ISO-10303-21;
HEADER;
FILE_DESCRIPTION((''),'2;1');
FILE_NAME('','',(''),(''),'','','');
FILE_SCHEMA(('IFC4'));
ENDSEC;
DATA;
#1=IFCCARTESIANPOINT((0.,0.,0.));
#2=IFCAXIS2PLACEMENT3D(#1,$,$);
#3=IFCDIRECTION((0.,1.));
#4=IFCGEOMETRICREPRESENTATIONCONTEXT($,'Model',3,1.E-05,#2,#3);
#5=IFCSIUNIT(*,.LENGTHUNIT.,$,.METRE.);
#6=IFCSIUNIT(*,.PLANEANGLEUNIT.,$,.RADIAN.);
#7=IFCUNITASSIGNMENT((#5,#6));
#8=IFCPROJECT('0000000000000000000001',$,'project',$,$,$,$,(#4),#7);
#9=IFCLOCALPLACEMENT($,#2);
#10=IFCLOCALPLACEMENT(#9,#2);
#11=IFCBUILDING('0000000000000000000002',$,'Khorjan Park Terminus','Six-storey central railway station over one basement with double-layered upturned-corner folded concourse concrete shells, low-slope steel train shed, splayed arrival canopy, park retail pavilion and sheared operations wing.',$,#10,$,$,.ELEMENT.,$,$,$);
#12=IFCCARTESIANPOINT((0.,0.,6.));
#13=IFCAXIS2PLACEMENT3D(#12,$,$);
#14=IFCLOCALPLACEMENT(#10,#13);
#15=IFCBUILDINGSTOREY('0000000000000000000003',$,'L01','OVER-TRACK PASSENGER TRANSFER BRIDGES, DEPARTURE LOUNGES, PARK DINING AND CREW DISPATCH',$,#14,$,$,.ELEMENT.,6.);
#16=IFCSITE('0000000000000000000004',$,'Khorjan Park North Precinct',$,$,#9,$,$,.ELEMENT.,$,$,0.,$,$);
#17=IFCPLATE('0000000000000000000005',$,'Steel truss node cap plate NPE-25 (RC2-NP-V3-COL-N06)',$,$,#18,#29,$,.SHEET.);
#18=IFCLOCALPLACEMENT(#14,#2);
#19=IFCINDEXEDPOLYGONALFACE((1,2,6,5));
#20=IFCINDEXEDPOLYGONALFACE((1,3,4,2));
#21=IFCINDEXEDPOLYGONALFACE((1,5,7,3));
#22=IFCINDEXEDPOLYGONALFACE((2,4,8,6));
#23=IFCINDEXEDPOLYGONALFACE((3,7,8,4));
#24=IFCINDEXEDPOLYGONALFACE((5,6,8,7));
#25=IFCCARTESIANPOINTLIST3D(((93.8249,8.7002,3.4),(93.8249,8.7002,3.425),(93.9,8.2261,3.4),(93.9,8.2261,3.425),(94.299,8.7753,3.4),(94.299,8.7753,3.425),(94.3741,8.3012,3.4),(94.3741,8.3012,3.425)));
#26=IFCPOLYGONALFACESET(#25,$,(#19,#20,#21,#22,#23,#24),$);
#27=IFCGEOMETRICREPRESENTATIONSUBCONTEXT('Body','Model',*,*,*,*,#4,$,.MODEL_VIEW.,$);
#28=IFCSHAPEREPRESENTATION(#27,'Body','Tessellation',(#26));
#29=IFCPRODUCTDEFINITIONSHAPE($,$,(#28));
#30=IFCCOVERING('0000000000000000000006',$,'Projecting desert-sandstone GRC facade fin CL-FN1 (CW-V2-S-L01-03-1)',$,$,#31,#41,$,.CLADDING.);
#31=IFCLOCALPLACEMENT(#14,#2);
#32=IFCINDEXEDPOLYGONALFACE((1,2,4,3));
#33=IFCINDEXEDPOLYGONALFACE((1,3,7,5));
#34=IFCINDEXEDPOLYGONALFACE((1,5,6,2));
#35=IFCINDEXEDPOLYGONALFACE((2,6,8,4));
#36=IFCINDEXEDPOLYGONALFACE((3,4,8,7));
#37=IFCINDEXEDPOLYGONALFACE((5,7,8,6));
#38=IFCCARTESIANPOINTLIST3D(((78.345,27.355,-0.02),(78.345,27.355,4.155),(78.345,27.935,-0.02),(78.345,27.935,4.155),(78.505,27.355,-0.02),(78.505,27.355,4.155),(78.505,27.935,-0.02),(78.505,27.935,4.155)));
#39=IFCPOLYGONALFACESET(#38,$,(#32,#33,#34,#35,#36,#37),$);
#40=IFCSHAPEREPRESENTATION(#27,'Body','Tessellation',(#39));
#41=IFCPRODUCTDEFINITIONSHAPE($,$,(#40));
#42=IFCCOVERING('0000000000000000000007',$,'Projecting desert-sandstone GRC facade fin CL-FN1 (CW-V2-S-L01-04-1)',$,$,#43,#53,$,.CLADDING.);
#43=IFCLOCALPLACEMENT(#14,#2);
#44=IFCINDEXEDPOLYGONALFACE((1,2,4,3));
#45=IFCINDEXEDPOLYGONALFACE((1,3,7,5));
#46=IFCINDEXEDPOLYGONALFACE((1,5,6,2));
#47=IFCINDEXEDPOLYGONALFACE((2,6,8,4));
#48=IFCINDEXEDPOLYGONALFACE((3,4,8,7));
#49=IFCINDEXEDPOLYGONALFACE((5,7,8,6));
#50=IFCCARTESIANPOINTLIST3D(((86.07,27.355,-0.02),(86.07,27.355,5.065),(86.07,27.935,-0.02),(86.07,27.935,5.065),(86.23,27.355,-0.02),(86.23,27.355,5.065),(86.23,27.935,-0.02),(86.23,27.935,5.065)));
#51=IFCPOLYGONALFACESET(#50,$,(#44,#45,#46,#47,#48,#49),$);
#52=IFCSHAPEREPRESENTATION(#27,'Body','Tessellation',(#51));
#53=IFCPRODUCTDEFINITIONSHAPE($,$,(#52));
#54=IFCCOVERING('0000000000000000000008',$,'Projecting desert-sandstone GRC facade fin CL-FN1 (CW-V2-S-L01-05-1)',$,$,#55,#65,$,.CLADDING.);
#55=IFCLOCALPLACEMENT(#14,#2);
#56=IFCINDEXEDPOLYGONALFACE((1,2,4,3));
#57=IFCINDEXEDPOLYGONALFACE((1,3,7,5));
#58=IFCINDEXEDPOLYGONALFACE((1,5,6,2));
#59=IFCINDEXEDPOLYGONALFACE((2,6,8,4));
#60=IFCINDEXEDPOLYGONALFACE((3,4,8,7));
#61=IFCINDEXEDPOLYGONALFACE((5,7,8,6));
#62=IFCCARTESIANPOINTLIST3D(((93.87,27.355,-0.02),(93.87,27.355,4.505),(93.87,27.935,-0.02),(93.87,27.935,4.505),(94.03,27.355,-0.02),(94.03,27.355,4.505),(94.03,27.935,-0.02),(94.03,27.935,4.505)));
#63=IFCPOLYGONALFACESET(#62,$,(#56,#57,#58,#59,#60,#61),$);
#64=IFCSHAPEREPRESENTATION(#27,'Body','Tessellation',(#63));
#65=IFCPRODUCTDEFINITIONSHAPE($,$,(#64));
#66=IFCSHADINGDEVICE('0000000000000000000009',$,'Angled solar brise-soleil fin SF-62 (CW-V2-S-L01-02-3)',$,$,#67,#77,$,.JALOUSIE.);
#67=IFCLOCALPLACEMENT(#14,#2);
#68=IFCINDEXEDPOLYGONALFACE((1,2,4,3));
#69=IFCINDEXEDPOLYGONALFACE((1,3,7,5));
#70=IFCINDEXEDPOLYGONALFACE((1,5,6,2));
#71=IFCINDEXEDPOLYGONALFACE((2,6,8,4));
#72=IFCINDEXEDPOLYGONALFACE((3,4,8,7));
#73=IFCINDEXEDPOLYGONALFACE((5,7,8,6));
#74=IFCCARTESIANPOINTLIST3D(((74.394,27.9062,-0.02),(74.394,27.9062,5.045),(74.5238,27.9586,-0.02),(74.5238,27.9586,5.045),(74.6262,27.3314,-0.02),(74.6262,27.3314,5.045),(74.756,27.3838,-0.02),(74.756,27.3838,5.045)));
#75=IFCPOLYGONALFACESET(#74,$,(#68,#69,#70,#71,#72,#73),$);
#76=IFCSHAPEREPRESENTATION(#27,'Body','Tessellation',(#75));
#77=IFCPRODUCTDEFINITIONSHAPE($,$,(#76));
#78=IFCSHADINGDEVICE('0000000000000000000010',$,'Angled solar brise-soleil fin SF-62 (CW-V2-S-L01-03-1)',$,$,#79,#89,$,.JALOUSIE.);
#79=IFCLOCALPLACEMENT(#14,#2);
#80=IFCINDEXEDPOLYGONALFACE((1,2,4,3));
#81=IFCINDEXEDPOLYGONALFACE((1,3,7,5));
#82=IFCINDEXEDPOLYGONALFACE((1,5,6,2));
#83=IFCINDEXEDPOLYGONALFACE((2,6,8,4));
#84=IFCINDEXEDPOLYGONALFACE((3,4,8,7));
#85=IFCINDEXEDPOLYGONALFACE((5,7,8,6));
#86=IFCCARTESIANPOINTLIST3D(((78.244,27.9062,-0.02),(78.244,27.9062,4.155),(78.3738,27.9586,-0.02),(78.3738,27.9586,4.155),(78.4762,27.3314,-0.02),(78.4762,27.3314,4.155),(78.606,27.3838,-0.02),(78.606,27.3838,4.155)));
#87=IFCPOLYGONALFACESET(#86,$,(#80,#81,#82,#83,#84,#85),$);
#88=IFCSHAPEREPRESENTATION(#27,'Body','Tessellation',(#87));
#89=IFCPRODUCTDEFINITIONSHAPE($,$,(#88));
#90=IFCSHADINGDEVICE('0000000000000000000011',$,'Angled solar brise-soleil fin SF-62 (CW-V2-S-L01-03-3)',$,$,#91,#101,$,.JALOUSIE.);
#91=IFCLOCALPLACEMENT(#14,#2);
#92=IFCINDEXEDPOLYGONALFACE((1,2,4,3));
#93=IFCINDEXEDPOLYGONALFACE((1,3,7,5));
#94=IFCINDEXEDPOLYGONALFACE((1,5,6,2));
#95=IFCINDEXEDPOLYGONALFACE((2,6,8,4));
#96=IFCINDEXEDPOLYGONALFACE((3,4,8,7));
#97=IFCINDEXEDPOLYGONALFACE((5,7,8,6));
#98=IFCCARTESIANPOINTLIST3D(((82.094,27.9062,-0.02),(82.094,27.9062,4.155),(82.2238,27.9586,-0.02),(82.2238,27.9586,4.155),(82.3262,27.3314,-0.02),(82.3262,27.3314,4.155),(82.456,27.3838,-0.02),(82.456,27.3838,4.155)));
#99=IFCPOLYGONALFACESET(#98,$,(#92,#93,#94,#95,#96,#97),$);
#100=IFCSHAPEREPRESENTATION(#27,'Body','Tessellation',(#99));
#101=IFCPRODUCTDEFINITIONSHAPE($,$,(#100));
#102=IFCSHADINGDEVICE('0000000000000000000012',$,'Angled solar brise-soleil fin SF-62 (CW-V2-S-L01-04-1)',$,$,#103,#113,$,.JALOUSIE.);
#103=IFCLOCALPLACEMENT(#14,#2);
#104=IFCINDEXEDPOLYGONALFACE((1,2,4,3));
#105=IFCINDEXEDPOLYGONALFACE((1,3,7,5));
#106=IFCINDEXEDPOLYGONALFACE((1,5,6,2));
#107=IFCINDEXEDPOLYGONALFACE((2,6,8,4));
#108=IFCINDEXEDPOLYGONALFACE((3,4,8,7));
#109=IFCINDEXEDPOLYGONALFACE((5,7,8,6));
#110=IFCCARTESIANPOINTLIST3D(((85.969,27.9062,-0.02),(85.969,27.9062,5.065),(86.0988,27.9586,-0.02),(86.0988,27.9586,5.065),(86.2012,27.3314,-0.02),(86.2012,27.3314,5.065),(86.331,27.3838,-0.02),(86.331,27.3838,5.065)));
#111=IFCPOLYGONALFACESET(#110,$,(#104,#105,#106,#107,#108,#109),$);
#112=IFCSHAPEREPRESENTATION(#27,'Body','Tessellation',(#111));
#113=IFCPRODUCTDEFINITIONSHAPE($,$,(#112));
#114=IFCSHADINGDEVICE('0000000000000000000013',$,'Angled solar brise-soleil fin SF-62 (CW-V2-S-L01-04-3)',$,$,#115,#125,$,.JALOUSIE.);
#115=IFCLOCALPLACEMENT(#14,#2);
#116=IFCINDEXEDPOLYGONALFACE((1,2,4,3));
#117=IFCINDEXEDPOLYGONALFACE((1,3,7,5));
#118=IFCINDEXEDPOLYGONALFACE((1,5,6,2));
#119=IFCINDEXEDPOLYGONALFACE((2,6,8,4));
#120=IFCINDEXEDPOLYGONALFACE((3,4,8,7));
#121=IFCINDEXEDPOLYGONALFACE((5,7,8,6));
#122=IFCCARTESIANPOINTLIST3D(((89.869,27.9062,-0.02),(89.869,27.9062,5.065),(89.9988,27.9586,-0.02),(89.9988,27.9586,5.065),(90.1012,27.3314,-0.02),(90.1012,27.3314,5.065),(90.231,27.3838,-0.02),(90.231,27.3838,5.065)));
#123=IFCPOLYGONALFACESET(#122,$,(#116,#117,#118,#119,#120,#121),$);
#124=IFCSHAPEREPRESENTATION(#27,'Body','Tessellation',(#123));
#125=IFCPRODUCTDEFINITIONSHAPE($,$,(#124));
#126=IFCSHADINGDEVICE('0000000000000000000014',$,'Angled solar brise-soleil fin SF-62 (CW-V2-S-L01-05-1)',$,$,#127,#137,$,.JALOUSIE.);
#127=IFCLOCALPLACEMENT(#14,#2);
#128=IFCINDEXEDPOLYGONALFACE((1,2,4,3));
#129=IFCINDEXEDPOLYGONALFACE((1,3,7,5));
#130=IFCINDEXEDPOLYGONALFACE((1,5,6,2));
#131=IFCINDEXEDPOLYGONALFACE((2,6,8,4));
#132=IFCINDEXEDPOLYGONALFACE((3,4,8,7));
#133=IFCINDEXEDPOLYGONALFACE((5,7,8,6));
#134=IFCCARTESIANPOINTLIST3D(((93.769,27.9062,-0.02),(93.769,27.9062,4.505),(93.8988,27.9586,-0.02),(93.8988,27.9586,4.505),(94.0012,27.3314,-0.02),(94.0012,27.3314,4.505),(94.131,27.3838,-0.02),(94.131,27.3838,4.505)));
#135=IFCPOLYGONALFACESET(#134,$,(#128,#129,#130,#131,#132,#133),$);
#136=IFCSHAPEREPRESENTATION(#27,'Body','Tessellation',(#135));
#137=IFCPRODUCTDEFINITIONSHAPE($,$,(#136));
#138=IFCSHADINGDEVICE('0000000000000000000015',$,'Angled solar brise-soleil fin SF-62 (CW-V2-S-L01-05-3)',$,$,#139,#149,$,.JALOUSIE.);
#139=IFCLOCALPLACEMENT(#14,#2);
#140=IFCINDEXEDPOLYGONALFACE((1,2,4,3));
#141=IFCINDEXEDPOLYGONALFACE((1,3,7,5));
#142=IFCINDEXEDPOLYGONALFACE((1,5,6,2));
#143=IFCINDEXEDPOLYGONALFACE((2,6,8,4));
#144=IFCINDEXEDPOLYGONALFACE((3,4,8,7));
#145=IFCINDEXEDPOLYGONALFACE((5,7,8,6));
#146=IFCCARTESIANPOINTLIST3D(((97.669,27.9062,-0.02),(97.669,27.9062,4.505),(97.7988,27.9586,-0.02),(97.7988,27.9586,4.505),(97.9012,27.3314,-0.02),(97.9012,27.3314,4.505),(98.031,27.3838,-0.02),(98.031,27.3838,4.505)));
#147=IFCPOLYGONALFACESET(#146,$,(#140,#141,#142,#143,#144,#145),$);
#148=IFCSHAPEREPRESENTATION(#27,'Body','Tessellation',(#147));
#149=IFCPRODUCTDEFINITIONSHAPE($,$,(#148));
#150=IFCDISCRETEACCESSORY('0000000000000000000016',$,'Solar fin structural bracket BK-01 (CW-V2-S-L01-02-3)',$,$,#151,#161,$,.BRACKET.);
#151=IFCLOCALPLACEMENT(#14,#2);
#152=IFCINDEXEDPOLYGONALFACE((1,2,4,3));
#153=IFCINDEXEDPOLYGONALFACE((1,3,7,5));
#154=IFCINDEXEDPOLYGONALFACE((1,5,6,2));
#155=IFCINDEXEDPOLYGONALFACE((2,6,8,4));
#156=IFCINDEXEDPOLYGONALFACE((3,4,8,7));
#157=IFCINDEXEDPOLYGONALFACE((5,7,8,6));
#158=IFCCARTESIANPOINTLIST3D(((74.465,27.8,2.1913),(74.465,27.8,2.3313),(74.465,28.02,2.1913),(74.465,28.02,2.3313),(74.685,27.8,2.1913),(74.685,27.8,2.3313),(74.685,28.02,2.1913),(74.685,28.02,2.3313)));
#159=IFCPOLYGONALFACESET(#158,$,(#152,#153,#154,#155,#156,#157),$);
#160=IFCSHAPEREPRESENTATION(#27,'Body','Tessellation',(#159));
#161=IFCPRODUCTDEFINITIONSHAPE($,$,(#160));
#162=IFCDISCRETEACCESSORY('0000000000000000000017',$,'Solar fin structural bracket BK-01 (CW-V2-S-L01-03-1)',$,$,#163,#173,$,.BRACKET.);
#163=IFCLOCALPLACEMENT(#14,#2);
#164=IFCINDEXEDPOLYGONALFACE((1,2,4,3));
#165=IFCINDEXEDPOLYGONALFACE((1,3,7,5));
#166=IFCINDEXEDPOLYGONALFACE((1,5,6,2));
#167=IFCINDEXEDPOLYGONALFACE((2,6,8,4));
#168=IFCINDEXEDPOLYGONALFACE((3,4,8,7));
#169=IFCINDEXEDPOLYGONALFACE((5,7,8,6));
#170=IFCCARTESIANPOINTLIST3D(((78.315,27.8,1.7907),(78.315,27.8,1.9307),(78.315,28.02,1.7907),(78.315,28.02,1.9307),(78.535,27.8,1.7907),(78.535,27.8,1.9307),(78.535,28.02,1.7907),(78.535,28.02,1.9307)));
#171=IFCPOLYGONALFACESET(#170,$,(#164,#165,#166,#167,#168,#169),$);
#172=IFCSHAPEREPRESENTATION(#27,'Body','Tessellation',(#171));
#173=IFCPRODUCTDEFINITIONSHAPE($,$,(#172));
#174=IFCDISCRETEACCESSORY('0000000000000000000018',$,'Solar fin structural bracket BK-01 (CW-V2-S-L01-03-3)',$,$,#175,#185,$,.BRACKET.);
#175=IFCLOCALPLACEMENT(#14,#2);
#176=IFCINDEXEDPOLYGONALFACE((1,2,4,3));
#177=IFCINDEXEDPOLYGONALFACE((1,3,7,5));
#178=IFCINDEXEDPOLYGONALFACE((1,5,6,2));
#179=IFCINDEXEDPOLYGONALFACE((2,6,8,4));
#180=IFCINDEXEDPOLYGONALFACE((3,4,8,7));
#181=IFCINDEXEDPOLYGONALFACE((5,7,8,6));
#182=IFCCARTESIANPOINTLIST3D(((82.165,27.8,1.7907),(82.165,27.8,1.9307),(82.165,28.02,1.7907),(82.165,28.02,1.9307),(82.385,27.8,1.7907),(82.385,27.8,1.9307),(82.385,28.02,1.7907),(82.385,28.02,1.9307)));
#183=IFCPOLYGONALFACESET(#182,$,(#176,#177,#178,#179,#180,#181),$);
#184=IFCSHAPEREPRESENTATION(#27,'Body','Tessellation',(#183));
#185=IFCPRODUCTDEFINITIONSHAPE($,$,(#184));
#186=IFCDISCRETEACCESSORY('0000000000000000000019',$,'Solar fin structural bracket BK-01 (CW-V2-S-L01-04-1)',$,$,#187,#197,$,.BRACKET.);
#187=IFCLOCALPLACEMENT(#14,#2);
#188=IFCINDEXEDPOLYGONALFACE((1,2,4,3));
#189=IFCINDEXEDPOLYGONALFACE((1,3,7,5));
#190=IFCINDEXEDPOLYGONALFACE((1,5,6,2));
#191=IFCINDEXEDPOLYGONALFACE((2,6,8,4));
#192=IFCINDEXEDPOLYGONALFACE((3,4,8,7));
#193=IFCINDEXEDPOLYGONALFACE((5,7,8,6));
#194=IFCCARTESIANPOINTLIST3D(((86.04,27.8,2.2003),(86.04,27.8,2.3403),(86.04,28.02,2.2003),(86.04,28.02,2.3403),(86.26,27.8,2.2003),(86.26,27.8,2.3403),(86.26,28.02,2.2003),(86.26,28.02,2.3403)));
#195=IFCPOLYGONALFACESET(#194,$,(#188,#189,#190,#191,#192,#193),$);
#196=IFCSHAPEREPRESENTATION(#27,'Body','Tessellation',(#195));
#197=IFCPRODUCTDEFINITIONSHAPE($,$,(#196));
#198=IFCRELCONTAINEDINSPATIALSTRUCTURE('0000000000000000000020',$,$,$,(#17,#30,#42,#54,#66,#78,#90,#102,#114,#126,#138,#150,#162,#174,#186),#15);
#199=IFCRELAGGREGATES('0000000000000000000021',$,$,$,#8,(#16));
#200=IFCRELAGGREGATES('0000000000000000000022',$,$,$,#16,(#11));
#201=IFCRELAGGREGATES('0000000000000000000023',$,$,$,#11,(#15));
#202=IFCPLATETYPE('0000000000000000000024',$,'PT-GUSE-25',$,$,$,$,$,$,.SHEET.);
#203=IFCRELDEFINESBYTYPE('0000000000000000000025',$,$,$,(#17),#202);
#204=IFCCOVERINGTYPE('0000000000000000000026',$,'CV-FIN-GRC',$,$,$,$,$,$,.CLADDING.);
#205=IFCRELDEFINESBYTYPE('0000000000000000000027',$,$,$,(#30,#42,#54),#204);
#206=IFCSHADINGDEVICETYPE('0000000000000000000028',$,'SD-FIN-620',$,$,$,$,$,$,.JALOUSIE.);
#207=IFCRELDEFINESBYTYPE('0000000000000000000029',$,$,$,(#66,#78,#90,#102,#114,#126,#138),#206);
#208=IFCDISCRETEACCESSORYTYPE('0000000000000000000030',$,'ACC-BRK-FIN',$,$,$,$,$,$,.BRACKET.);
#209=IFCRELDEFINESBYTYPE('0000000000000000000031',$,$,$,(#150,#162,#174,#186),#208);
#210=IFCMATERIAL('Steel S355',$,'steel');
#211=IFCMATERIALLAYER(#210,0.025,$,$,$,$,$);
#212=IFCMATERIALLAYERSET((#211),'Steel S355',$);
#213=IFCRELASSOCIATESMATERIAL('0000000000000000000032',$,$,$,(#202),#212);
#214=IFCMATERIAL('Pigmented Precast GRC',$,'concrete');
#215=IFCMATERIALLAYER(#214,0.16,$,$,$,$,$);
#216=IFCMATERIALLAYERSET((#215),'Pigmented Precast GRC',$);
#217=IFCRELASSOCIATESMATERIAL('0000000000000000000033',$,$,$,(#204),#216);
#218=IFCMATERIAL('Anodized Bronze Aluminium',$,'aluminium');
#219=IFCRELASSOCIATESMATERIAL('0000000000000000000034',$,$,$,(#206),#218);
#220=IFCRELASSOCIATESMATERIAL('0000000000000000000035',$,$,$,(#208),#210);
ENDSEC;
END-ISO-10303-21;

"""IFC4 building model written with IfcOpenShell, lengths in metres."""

from ifc_helpers import new_model, si_unit, direction, frame, origin, origin_2d, place, context, subcontext, project, spatial, rectangle, extrude, material, layer, layer_set, type_object, element, save


model = new_model("IFC4")

# Units and contexts
model_context = context("Model", 3, precision=1e-05, world=origin(), true_north=direction((0.0, 1.0)))
body_context = subcontext(model_context, "Body", "Model", "MODEL_VIEW")
ifc_project = project(units=[si_unit("LENGTHUNIT", "METRE"), si_unit("PLANEANGLEUNIT", "RADIAN")], contexts=[model_context])

# Site, building, storey
site_placement = place(None, origin())
site = spatial("IfcSite", under=ifc_project, at=site_placement, Name="Khorjan Park North Precinct", CompositionType="ELEMENT", RefElevation=0.0)
building_placement = place(site_placement, origin())
building = spatial("IfcBuilding", under=site, at=building_placement, Name="Khorjan Park Terminus", Description="Six-storey central railway station over one basement with double-layered upturned-corner folded concourse concrete shells, low-slope steel train shed, splayed arrival canopy, park retail pavilion and sheared operations wing.", CompositionType="ELEMENT")
storey_placement = place(building_placement, frame((0.0, 0.0, 6.0)))
storey = spatial("IfcBuildingStorey", under=building, at=storey_placement, Name="L01", Description="OVER-TRACK PASSENGER TRANSFER BRIDGES, DEPARTURE LOUNGES, PARK DINING AND CREW DISPATCH", CompositionType="ELEMENT", Elevation=6.0)

# Shared definitions
ifc_material_1 = material(Name="Steel S355", Category="steel")

# Plate
ifc_layer_1 = layer(ifc_material_1, 0.025)
ifc_layer_set_1 = layer_set([ifc_layer_1], Name="Steel S355")
plate_type = type_object("IfcPlateType", Name="PT-GUSE-25", PredefinedType="SHEET", material=ifc_layer_set_1)
for number, where, z_axis, x_axis, name in (
    (1, (94.0995, 8.5007, 3.4), (0.0, 0.0, 1.0), (0.987688, 0.156434, 0.0), "Steel truss node cap plate NPE-25 (RC2-NP-V3-COL-N06)"),
):
    element("IfcPlate", number, at=place(storey_placement, frame(where, z_axis=z_axis, x_axis=x_axis)), inside=storey, type_object=plate_type, Name=name, PredefinedType="SHEET", context=body_context, shape_type="SweptSolid", body=[
        extrude(rectangle(XDim=0.48, YDim=0.48, at=origin_2d()), origin(), (0.0, 0.0, 1.0), 0.025),
    ])

# Coverings
ifc_material_2 = material(Name="Pigmented Precast GRC", Category="concrete")
ifc_layer_2 = layer(ifc_material_2, 0.16)
ifc_layer_set_2 = layer_set([ifc_layer_2], Name="Pigmented Precast GRC")
covering_type = type_object("IfcCoveringType", Name="CV-FIN-GRC", PredefinedType="CLADDING", material=ifc_layer_set_2)
covering_1_placement = place(storey_placement, frame((78.425, 27.645, -0.02), z_axis=(0.0, 0.0, 1.0), x_axis=(0.0, 1.0, 0.0)))
element("IfcCovering", 2, at=covering_1_placement, inside=storey, type_object=covering_type, Name="Projecting desert-sandstone GRC facade fin CL-FN1 (CW-V2-S-L01-03-1)", PredefinedType="CLADDING", context=body_context, shape_type="SweptSolid", body=[
    extrude(rectangle(XDim=0.58, YDim=0.16, at=origin_2d()), origin(), (0.0, 0.0, 1.0), 4.175),
])
covering_2_placement = place(storey_placement, frame((86.15, 27.645, -0.02), z_axis=(0.0, 0.0, 1.0), x_axis=(0.0, 1.0, 0.0)))
element("IfcCovering", 3, at=covering_2_placement, inside=storey, type_object=covering_type, Name="Projecting desert-sandstone GRC facade fin CL-FN1 (CW-V2-S-L01-04-1)", PredefinedType="CLADDING", context=body_context, shape_type="SweptSolid", body=[
    extrude(rectangle(XDim=0.58, YDim=0.16, at=origin_2d()), origin(), (0.0, 0.0, 1.0), 5.085),
])
covering_3_placement = place(storey_placement, frame((93.95, 27.645, -0.02), z_axis=(0.0, 0.0, 1.0), x_axis=(0.0, 1.0, 0.0)))
element("IfcCovering", 4, at=covering_3_placement, inside=storey, type_object=covering_type, Name="Projecting desert-sandstone GRC facade fin CL-FN1 (CW-V2-S-L01-05-1)", PredefinedType="CLADDING", context=body_context, shape_type="SweptSolid", body=[
    extrude(rectangle(XDim=0.58, YDim=0.16, at=origin_2d()), origin(), (0.0, 0.0, 1.0), 4.525),
])

# Shading devices
ifc_material_3 = material(Name="Anodized Bronze Aluminium", Category="aluminium")
shading_device_type = type_object("IfcShadingDeviceType", Name="SD-FIN-620", PredefinedType="JALOUSIE", material=ifc_material_3)
shading_device_placement = place(storey_placement, frame((74.575, 27.645, -0.02), z_axis=(0.0, 0.0, 1.0), x_axis=(-0.374607, 0.927184, 0.0)))
element("IfcShadingDevice", 5, at=shading_device_placement, inside=storey, type_object=shading_device_type, Name="Angled solar brise-soleil fin SF-62 (CW-V2-S-L01-02-3)", PredefinedType="JALOUSIE", context=body_context, shape_type="SweptSolid", body=[
    extrude(rectangle(XDim=0.62, YDim=0.14, at=origin_2d()), origin(), (0.0, 0.0, 1.0), 5.065),
])
for number, where, z_axis, x_axis, name in (
    (6, (78.425, 27.645, -0.02), (0.0, 0.0, 1.0), (-0.374607, 0.927184, 0.0), "Angled solar brise-soleil fin SF-62 (CW-V2-S-L01-03-1)"),
    (7, (82.275, 27.645, -0.02), (0.0, 0.0, 1.0), (-0.374607, 0.927184, 0.0), "Angled solar brise-soleil fin SF-62 (CW-V2-S-L01-03-3)"),
):
    element("IfcShadingDevice", number, at=place(storey_placement, frame(where, z_axis=z_axis, x_axis=x_axis)), inside=storey, type_object=shading_device_type, Name=name, PredefinedType="JALOUSIE", context=body_context, shape_type="SweptSolid", body=[
        extrude(rectangle(XDim=0.62, YDim=0.14, at=origin_2d()), origin(), (0.0, 0.0, 1.0), 4.175),
    ])
for number, where, z_axis, x_axis, name in (
    (8, (86.15, 27.645, -0.02), (0.0, 0.0, 1.0), (-0.374607, 0.927184, 0.0), "Angled solar brise-soleil fin SF-62 (CW-V2-S-L01-04-1)"),
    (9, (90.05, 27.645, -0.02), (0.0, 0.0, 1.0), (-0.374607, 0.927184, 0.0), "Angled solar brise-soleil fin SF-62 (CW-V2-S-L01-04-3)"),
):
    element("IfcShadingDevice", number, at=place(storey_placement, frame(where, z_axis=z_axis, x_axis=x_axis)), inside=storey, type_object=shading_device_type, Name=name, PredefinedType="JALOUSIE", context=body_context, shape_type="SweptSolid", body=[
        extrude(rectangle(XDim=0.62, YDim=0.14, at=origin_2d()), origin(), (0.0, 0.0, 1.0), 5.085),
    ])
for number, where, z_axis, x_axis, name in (
    (10, (93.95, 27.645, -0.02), (0.0, 0.0, 1.0), (-0.374607, 0.927184, 0.0), "Angled solar brise-soleil fin SF-62 (CW-V2-S-L01-05-1)"),
    (11, (97.85, 27.645, -0.02), (0.0, 0.0, 1.0), (-0.374607, 0.927184, 0.0), "Angled solar brise-soleil fin SF-62 (CW-V2-S-L01-05-3)"),
):
    element("IfcShadingDevice", number, at=place(storey_placement, frame(where, z_axis=z_axis, x_axis=x_axis)), inside=storey, type_object=shading_device_type, Name=name, PredefinedType="JALOUSIE", context=body_context, shape_type="SweptSolid", body=[
        extrude(rectangle(XDim=0.62, YDim=0.14, at=origin_2d()), origin(), (0.0, 0.0, 1.0), 4.525),
    ])

# Discrete accessories
discrete_accessory_type = type_object("IfcDiscreteAccessoryType", Name="ACC-BRK-FIN", PredefinedType="BRACKET", material=ifc_material_1)
for number, where, z_axis, x_axis, name in (
    (12, (74.575, 27.91, 2.1913), (0.0, 0.0, 1.0), (1.0, 0.0, 0.0), "Solar fin structural bracket BK-01 (CW-V2-S-L01-02-3)"),
    (13, (78.425, 27.91, 1.7907), (0.0, 0.0, 1.0), (1.0, 0.0, 0.0), "Solar fin structural bracket BK-01 (CW-V2-S-L01-03-1)"),
    (14, (82.275, 27.91, 1.7907), (0.0, 0.0, 1.0), (1.0, 0.0, 0.0), "Solar fin structural bracket BK-01 (CW-V2-S-L01-03-3)"),
    (15, (86.15, 27.91, 2.2003), (0.0, 0.0, 1.0), (1.0, 0.0, 0.0), "Solar fin structural bracket BK-01 (CW-V2-S-L01-04-1)"),
):
    element("IfcDiscreteAccessory", number, at=place(storey_placement, frame(where, z_axis=z_axis, x_axis=x_axis)), inside=storey, type_object=discrete_accessory_type, Name=name, PredefinedType="BRACKET", context=body_context, shape_type="SweptSolid", body=[
        extrude(rectangle(XDim=0.22, YDim=0.22, at=origin_2d()), origin(), (0.0, 0.0, 1.0), 0.14),
    ])

save(model, "model.ifc")
